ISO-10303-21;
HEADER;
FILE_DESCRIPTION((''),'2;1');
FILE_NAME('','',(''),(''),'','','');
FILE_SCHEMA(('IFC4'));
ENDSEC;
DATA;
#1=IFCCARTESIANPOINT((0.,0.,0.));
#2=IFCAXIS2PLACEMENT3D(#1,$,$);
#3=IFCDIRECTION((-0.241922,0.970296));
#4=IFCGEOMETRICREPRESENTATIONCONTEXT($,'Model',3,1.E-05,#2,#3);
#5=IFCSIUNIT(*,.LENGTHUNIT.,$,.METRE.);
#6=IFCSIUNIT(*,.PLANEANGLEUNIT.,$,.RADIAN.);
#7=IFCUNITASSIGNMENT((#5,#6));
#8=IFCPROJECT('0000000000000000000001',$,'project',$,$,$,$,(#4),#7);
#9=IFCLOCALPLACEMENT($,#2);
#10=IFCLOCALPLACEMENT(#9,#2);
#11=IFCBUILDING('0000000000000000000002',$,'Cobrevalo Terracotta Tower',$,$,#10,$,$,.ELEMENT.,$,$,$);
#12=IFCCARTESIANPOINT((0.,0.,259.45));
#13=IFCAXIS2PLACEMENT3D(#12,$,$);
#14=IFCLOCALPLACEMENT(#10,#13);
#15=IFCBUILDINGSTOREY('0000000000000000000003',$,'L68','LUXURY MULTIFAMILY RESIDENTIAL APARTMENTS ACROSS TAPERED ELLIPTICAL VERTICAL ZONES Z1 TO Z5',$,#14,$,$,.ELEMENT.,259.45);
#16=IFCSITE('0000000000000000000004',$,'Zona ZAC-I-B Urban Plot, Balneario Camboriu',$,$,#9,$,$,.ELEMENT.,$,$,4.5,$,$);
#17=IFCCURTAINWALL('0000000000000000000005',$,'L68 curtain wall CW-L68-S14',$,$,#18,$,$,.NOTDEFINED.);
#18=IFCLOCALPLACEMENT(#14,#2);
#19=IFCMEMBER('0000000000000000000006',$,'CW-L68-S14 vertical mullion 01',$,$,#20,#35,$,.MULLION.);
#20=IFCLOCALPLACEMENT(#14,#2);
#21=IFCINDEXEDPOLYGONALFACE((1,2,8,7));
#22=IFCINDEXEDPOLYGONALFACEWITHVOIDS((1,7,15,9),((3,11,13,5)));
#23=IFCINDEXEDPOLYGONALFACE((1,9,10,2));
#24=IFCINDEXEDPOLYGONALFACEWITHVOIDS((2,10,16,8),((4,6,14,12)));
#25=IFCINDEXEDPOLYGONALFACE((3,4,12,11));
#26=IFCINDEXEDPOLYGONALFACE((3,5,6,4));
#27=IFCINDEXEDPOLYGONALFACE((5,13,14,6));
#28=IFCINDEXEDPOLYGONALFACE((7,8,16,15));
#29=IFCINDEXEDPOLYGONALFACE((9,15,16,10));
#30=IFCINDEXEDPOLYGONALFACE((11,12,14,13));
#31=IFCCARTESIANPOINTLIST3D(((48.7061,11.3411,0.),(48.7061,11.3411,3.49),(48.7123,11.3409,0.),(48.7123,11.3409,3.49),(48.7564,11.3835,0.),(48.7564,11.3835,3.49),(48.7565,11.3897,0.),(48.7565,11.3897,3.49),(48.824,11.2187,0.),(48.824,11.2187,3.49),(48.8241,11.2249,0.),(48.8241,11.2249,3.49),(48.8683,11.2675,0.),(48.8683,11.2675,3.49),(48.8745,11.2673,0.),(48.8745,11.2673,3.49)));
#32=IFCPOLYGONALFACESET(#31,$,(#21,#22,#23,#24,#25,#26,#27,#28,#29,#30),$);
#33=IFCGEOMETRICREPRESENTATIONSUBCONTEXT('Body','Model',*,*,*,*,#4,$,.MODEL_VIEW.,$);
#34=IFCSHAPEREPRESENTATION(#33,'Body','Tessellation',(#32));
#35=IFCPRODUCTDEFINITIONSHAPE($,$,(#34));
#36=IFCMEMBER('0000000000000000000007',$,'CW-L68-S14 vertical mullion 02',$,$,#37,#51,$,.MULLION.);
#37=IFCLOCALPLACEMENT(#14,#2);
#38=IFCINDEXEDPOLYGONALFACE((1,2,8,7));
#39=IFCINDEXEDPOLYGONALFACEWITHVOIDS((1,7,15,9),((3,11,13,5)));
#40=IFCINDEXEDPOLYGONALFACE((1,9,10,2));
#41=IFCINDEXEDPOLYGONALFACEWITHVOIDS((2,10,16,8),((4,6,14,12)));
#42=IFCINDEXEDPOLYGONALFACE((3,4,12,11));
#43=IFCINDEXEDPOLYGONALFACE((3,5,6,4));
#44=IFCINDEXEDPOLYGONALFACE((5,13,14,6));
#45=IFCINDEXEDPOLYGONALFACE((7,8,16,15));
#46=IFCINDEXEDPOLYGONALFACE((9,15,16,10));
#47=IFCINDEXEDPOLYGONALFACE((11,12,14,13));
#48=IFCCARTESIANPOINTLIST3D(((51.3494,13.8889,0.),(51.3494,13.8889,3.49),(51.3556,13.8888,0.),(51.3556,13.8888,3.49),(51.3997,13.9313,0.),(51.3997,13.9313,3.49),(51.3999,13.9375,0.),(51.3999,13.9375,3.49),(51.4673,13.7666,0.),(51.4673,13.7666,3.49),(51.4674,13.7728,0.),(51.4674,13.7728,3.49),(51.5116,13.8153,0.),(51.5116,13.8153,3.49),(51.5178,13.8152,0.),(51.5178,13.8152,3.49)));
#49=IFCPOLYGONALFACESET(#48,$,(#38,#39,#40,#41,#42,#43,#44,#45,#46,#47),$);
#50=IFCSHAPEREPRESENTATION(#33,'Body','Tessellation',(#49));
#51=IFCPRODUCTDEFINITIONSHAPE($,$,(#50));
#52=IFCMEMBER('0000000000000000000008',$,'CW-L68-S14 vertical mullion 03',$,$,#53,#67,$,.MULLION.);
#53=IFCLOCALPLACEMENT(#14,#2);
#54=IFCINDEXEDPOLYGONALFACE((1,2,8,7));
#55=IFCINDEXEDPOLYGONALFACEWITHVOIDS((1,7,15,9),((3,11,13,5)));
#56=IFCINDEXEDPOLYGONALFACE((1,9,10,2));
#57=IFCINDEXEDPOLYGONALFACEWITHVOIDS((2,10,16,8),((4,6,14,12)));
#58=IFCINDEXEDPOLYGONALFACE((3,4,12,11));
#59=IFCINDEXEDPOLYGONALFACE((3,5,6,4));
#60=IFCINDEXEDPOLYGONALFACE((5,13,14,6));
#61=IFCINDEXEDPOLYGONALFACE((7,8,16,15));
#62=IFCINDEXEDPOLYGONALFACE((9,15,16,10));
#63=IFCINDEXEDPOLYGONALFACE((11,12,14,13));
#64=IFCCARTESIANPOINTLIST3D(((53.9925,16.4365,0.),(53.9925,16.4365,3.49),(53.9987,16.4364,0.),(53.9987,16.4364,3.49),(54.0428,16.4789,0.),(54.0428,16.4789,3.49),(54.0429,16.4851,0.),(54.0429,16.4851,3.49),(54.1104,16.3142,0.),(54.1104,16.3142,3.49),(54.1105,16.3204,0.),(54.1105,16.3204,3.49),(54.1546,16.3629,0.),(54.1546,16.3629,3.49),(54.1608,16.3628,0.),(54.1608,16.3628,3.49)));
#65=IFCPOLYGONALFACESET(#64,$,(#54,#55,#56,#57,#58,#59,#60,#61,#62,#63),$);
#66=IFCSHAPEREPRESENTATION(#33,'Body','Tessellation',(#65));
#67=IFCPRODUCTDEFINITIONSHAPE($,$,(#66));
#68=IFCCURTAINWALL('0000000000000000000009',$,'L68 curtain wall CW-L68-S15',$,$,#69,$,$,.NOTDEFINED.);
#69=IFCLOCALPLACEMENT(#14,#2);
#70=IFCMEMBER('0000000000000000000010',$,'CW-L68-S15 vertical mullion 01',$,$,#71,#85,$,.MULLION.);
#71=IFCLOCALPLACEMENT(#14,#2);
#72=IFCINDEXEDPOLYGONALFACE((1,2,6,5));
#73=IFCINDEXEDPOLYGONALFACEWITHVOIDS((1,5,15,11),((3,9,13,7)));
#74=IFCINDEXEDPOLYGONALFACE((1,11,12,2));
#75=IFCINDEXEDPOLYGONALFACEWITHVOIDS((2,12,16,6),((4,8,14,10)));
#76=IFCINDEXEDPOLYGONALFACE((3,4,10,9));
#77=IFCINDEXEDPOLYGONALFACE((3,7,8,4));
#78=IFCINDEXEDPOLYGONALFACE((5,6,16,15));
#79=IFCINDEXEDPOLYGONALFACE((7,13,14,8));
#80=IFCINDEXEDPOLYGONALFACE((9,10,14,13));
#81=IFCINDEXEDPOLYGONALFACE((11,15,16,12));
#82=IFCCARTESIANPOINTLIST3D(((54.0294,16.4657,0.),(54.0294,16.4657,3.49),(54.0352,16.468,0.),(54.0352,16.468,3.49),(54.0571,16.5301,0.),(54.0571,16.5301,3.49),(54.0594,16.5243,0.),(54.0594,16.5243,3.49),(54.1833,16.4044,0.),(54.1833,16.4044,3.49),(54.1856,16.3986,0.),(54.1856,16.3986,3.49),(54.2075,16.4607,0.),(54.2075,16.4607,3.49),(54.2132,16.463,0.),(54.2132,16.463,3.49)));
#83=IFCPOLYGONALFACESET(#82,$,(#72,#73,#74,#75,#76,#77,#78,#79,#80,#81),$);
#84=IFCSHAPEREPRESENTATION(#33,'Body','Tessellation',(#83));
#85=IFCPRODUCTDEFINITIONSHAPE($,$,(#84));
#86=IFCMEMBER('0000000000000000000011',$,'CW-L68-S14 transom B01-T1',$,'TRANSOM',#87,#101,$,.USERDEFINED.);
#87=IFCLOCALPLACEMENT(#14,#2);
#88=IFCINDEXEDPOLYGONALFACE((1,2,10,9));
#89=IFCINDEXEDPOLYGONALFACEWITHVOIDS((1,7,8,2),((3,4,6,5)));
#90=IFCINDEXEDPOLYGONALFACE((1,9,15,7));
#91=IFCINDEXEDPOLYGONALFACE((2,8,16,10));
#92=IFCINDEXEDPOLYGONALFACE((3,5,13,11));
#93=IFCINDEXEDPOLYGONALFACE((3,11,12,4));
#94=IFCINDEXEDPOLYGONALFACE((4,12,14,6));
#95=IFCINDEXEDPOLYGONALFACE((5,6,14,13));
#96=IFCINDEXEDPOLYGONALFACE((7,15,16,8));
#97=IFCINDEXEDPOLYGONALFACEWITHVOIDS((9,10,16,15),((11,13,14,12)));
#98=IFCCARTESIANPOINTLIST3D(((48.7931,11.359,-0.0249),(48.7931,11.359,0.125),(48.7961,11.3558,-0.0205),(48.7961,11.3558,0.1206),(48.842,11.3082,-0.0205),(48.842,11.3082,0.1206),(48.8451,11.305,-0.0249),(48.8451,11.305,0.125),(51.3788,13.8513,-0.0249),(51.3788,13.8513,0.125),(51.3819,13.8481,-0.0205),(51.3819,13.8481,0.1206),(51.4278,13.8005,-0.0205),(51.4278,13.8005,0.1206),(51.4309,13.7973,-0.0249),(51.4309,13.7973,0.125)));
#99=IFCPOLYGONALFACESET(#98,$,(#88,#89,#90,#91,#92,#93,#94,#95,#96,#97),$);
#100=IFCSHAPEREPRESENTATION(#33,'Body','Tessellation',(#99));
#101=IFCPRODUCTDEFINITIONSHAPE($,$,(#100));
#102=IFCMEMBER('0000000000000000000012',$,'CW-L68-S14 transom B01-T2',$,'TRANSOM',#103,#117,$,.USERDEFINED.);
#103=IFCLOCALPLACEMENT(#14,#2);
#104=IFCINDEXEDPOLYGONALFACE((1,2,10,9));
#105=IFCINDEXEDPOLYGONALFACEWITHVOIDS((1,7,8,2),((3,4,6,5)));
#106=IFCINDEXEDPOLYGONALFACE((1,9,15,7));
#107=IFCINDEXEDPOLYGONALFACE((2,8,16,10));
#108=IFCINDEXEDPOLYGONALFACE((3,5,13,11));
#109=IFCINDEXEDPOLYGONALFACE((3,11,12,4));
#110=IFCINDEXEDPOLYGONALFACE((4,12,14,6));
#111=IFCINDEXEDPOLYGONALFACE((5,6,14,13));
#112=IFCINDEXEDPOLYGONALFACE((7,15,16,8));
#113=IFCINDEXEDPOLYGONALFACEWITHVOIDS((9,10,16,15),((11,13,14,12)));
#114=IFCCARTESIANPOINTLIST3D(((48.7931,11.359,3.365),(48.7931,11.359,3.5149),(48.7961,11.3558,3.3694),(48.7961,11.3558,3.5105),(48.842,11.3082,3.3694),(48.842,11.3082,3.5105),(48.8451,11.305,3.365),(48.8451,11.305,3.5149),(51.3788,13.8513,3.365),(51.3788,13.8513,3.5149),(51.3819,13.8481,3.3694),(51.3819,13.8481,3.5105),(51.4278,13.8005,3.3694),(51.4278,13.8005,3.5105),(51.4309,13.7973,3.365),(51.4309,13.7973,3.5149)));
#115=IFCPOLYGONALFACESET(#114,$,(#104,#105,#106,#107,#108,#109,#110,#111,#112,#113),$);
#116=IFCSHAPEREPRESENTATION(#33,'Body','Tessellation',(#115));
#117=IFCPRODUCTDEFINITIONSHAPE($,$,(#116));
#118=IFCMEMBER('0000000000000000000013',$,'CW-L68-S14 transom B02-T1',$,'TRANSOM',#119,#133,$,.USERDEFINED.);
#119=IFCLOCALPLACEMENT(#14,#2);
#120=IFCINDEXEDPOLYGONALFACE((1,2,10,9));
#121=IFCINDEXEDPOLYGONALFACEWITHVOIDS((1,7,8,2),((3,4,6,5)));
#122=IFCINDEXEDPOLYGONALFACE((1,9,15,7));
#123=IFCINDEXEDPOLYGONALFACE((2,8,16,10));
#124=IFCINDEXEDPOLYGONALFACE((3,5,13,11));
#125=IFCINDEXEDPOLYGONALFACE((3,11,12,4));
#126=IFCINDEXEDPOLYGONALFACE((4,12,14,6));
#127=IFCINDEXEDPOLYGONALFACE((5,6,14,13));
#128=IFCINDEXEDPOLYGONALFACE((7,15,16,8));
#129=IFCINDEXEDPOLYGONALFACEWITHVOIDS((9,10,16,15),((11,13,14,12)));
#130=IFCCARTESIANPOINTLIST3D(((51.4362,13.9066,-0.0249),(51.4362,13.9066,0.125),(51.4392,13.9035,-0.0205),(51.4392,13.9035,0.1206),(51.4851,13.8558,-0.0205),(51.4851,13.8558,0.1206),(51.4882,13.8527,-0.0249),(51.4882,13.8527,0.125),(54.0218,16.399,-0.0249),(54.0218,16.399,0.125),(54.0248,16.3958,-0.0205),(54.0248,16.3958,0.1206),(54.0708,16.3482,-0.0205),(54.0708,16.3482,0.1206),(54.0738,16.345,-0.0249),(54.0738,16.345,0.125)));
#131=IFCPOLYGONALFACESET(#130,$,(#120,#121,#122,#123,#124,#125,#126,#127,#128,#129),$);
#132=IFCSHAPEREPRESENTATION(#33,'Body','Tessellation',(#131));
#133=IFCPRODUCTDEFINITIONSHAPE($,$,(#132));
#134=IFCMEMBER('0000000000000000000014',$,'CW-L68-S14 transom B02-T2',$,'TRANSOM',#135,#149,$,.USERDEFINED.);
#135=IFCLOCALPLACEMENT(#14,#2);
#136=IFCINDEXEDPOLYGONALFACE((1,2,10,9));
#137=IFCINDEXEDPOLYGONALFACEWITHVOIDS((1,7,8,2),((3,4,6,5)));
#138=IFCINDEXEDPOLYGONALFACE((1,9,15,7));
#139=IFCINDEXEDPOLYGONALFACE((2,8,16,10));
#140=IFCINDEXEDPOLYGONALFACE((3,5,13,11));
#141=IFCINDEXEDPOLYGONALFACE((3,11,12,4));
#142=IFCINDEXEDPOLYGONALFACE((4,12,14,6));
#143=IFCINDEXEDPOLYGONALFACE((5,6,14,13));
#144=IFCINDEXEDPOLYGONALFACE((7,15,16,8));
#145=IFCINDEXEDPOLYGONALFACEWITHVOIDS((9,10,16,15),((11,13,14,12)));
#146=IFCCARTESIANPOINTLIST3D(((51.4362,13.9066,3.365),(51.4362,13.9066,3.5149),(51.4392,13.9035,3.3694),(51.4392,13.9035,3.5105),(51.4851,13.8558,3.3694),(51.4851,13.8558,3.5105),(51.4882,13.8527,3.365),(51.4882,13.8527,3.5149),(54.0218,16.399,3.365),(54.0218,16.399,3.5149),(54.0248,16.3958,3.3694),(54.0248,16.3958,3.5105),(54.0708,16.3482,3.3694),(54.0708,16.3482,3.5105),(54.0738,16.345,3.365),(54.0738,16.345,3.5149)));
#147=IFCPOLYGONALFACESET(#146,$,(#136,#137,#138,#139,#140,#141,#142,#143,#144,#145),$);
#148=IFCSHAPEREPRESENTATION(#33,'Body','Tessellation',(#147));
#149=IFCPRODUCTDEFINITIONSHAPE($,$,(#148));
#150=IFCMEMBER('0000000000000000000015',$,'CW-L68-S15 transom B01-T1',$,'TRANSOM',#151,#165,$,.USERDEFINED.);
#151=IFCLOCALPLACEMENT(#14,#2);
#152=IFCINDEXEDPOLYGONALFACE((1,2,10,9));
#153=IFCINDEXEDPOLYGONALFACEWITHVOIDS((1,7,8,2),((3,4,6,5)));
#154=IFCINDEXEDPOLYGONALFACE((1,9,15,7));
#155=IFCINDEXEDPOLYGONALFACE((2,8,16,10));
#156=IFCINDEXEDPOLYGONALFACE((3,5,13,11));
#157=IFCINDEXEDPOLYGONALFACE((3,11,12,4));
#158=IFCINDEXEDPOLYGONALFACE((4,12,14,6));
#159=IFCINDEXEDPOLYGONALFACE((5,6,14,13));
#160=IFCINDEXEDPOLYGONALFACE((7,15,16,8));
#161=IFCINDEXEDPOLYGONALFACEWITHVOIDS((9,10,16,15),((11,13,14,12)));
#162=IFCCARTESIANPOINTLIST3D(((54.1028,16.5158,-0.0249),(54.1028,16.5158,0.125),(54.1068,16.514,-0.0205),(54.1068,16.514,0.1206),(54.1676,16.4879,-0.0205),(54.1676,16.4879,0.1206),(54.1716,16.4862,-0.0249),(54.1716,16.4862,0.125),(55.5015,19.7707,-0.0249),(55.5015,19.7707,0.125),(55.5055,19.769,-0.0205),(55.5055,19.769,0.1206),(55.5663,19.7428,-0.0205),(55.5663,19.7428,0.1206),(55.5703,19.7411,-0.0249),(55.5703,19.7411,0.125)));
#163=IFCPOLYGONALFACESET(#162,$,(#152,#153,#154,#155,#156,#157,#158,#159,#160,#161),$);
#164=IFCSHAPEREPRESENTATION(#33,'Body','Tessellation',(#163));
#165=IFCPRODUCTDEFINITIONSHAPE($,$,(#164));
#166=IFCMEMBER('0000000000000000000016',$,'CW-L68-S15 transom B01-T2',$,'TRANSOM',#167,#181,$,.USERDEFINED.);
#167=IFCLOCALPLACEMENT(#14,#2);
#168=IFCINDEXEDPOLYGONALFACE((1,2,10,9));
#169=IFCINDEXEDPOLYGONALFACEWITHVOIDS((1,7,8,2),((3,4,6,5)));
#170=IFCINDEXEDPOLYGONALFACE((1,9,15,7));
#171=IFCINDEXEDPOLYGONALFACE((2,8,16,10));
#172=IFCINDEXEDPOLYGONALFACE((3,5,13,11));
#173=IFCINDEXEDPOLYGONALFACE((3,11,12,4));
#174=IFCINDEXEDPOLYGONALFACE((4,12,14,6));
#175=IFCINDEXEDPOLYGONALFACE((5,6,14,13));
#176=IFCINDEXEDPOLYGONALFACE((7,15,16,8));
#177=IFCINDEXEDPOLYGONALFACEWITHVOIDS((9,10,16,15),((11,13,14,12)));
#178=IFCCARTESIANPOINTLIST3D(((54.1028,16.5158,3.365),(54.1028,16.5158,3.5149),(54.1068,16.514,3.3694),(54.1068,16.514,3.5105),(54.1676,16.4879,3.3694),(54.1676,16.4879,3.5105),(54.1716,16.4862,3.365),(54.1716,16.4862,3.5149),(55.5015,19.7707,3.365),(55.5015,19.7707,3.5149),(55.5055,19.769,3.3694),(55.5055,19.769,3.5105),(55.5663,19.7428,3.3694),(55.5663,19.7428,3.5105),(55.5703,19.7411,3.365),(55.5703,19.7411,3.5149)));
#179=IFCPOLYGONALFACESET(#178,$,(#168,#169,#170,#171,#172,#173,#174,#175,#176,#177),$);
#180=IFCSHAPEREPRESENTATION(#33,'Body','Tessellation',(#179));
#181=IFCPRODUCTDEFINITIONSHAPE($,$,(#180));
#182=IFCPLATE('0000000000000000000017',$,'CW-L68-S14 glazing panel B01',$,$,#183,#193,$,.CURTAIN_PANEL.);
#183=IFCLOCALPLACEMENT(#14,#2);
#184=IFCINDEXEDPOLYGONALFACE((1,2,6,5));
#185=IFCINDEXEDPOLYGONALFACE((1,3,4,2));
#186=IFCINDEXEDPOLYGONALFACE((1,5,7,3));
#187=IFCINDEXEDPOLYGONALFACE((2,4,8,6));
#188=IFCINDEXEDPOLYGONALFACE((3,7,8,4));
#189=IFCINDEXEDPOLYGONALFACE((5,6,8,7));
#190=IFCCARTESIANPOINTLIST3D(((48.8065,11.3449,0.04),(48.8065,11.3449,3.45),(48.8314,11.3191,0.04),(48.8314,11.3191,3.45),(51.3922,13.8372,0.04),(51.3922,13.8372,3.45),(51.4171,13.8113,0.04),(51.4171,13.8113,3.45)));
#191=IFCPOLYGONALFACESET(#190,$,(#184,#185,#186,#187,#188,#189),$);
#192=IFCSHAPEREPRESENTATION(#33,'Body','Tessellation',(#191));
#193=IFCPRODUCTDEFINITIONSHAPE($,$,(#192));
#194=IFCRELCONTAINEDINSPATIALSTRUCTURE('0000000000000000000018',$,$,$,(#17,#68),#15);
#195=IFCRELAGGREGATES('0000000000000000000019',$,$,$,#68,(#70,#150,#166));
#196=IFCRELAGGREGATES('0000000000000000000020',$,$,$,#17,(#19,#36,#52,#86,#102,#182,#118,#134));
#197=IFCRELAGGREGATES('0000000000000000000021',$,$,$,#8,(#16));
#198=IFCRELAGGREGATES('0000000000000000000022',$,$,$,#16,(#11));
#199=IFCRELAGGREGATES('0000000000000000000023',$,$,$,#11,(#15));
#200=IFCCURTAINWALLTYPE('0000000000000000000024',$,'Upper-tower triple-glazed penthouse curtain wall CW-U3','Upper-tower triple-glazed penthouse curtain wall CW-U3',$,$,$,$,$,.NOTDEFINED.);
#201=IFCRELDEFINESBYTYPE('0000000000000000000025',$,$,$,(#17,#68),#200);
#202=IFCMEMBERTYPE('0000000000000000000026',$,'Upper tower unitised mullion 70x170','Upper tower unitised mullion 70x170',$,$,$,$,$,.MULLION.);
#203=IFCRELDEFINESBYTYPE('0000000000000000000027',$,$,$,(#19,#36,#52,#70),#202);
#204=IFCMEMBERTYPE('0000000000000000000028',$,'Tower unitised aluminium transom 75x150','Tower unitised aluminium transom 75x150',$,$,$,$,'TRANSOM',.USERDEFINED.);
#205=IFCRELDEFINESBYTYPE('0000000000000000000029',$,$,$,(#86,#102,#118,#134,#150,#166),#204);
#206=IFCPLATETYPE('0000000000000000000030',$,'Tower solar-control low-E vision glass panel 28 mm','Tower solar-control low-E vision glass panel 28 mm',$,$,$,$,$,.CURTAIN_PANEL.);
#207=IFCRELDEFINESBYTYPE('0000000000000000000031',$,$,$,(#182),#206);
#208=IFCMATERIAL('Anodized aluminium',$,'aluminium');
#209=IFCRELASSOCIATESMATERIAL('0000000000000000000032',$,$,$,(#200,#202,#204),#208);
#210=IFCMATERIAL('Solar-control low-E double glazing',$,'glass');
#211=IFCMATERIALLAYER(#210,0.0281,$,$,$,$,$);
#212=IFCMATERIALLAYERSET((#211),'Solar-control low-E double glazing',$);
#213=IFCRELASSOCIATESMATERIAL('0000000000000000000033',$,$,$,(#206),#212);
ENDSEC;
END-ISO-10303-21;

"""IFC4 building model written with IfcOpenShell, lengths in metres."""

from ifc_helpers import new_model, si_unit, direction, frame, origin, origin_2d, place, context, subcontext, project, spatial, rectangle, hollow_rectangle, extrude, source, transform, mapped, material, layer, layer_set, material_profile, profile_set, type_object, element, aggregate, save


model = new_model("IFC4")

# Units and contexts
model_context = context("Model", 3, precision=1e-05, world=origin(), true_north=direction((-0.241922, 0.970296)))
body_context = subcontext(model_context, "Body", "Model", "MODEL_VIEW")
ifc_project = project(units=[si_unit("LENGTHUNIT", "METRE"), si_unit("PLANEANGLEUNIT", "RADIAN")], contexts=[model_context])

# Site, building, storey
site_placement = place(None, origin())
site = spatial("IfcSite", under=ifc_project, at=site_placement, Name="Zona ZAC-I-B Urban Plot, Balneario Camboriu", CompositionType="ELEMENT", RefElevation=4.5)
building_placement = place(site_placement, origin())
building = spatial("IfcBuilding", under=site, at=building_placement, Name="Cobrevalo Terracotta Tower", CompositionType="ELEMENT")
storey_placement = place(building_placement, frame((0.0, 0.0, 259.45)))
storey = spatial("IfcBuildingStorey", under=building, at=storey_placement, Name="L68", Description="LUXURY MULTIFAMILY RESIDENTIAL APARTMENTS ACROSS TAPERED ELLIPTICAL VERTICAL ZONES Z1 TO Z5", CompositionType="ELEMENT", Elevation=259.45)

# Shared definitions
ifc_material_1 = material(Name="Anodized aluminium", Category="aluminium")
curtain_wall_type = type_object("IfcCurtainWallType", Name="Upper-tower triple-glazed penthouse curtain wall CW-U3", Description="Upper-tower triple-glazed penthouse curtain wall CW-U3", PredefinedType="NOTDEFINED", material=ifc_material_1)
ifc_material_profile_1 = material_profile(ifc_material_1, hollow_rectangle(XDim=0.0701, YDim=0.1699, WallThickness=0.0044, at=origin_2d()), Name="CWM 70x170")
ifc_profile_set_1 = profile_set([ifc_material_profile_1], Name="Anodized aluminium")
member_type_1 = type_object("IfcMemberType", Name="Upper tower unitised mullion 70x170", Description="Upper tower unitised mullion 70x170", PredefinedType="MULLION", material=ifc_profile_set_1)
shared_shape_1 = source(origin(), body_context, "Body", "SweptSolid", [
    extrude(hollow_rectangle(XDim=0.0701, YDim=0.1699, WallThickness=0.0044, at=origin_2d()), origin(), (0.0, 0.0, 1.0), 3.49),
])

# Curtain wall, members
curtain_wall_1_placement = place(storey_placement, origin())
curtain_wall_1 = element("IfcCurtainWall", 1, at=curtain_wall_1_placement, inside=storey, type_object=curtain_wall_type, Name="L68 curtain wall CW-L68-S14", PredefinedType="NOTDEFINED")
member_1_placement = place(storey_placement, frame((48.7903, 11.3042, 0.0), z_axis=(0.0, 0.0, 1.0), x_axis=(0.719994, 0.69398, 0.0)))
member_1 = element("IfcMember", 2, at=member_1_placement, type_object=member_type_1, Name="CW-L68-S14 vertical mullion 01", PredefinedType="MULLION", context=body_context, shape_type="MappedRepresentation", body=[
    mapped(shared_shape_1, transform((0.0, 0.0, 0.0), scale=1.0)),
])
member_2_placement = place(storey_placement, frame((51.4336, 13.8521, 0.0), z_axis=(0.0, 0.0, 1.0), x_axis=(0.719994, 0.69398, 0.0)))
member_2 = element("IfcMember", 3, at=member_2_placement, type_object=member_type_1, Name="CW-L68-S14 vertical mullion 02", PredefinedType="MULLION", context=body_context, shape_type="MappedRepresentation", body=[
    mapped(shared_shape_1, transform((0.0, 0.0, 0.0), scale=1.0)),
])
member_3_placement = place(storey_placement, frame((54.0767, 16.3997, 0.0), z_axis=(0.0, 0.0, 1.0), x_axis=(0.719994, 0.69398, 0.0)))
member_3 = element("IfcMember", 4, at=member_3_placement, type_object=member_type_1, Name="CW-L68-S14 vertical mullion 03", PredefinedType="MULLION", context=body_context, shape_type="MappedRepresentation", body=[
    mapped(shared_shape_1, transform((0.0, 0.0, 0.0), scale=1.0)),
])

# Curtain wall, member
curtain_wall_2_placement = place(storey_placement, origin())
curtain_wall_2 = element("IfcCurtainWall", 5, at=curtain_wall_2_placement, inside=storey, type_object=curtain_wall_type, Name="L68 curtain wall CW-L68-S15", PredefinedType="NOTDEFINED")
member_4_placement = place(storey_placement, frame((54.1213, 16.4644, 0.0), z_axis=(0.0, 0.0, 1.0), x_axis=(0.394824, 0.918757, 0.0)))
member_4 = element("IfcMember", 6, at=member_4_placement, type_object=member_type_1, Name="CW-L68-S15 vertical mullion 01", PredefinedType="MULLION", context=body_context, shape_type="MappedRepresentation", body=[
    mapped(shared_shape_1, transform((0.0, 0.0, 0.0), scale=1.0)),
])

# Members
ifc_material_profile_2 = material_profile(ifc_material_1, hollow_rectangle(XDim=0.075, YDim=0.1499, WallThickness=0.0044, at=origin_2d()), Name="CWT 75x150")
ifc_profile_set_2 = profile_set([ifc_material_profile_2], Name="Anodized aluminium")
member_type_2 = type_object("IfcMemberType", Name="Tower unitised aluminium transom 75x150", Description="Tower unitised aluminium transom 75x150", ElementType="TRANSOM", PredefinedType="USERDEFINED", material=ifc_profile_set_2)
shared_shape_2 = source(origin(), body_context, "Body", "SweptSolid", [
    extrude(hollow_rectangle(XDim=0.075, YDim=0.1499, WallThickness=0.0044, at=origin_2d()), origin(), (0.0, 0.0, 1.0), 3.5913),
])
member_5_placement = place(storey_placement, frame((48.8191, 11.332, 0.05), z_axis=(0.720006, 0.693968, 0.0), x_axis=(-0.693968, 0.720006, 0.0)))
member_5 = element("IfcMember", 7, at=member_5_placement, type_object=member_type_2, Name="CW-L68-S14 transom B01-T1", ObjectType="TRANSOM", PredefinedType="USERDEFINED", context=body_context, shape_type="MappedRepresentation", body=[
    mapped(shared_shape_2, transform((0.0, 0.0, 0.0), scale=1.0)),
])
member_6_placement = place(storey_placement, frame((48.8191, 11.332, 3.4399), z_axis=(0.720006, 0.693968, 0.0), x_axis=(-0.693968, 0.720006, 0.0)))
member_6 = element("IfcMember", 8, at=member_6_placement, type_object=member_type_2, Name="CW-L68-S14 transom B01-T2", ObjectType="TRANSOM", PredefinedType="USERDEFINED", context=body_context, shape_type="MappedRepresentation", body=[
    mapped(shared_shape_2, transform((0.0, 0.0, 0.0), scale=1.0)),
])
member_7_placement = place(storey_placement, frame((51.4622, 13.8796, 0.05), z_axis=(0.719972, 0.694003, 0.0), x_axis=(-0.694003, 0.719972, 0.0)))
member_7 = element("IfcMember", 9, at=member_7_placement, type_object=member_type_2, Name="CW-L68-S14 transom B02-T1", ObjectType="TRANSOM", PredefinedType="USERDEFINED", context=body_context, shape_type="MappedRepresentation", body=[
    mapped(shared_shape_2, transform((0.0, 0.0, 0.0), scale=1.0)),
])
member_8_placement = place(storey_placement, frame((51.4622, 13.8796, 3.4399), z_axis=(0.719972, 0.694003, 0.0), x_axis=(-0.694003, 0.719972, 0.0)))
member_8 = element("IfcMember", 10, at=member_8_placement, type_object=member_type_2, Name="CW-L68-S14 transom B02-T2", ObjectType="TRANSOM", PredefinedType="USERDEFINED", context=body_context, shape_type="MappedRepresentation", body=[
    mapped(shared_shape_2, transform((0.0, 0.0, 0.0), scale=1.0)),
])
shared_shape_3 = source(origin(), body_context, "Body", "SweptSolid", [
    extrude(hollow_rectangle(XDim=0.075, YDim=0.1499, WallThickness=0.0044, at=origin_2d()), origin(), (0.0, 0.0, 1.0), 3.5427),
])
member_9_placement = place(storey_placement, frame((54.1372, 16.501, 0.05), z_axis=(0.394809, 0.918763, 0.0), x_axis=(-0.918763, 0.394809, 0.0)))
member_9 = element("IfcMember", 11, at=member_9_placement, type_object=member_type_2, Name="CW-L68-S15 transom B01-T1", ObjectType="TRANSOM", PredefinedType="USERDEFINED", context=body_context, shape_type="MappedRepresentation", body=[
    mapped(shared_shape_3, transform((0.0, 0.0, 0.0), scale=1.0)),
])
member_10_placement = place(storey_placement, frame((54.1372, 16.501, 3.4399), z_axis=(0.394809, 0.918763, 0.0), x_axis=(-0.918763, 0.394809, 0.0)))
member_10 = element("IfcMember", 12, at=member_10_placement, type_object=member_type_2, Name="CW-L68-S15 transom B01-T2", ObjectType="TRANSOM", PredefinedType="USERDEFINED", context=body_context, shape_type="MappedRepresentation", body=[
    mapped(shared_shape_3, transform((0.0, 0.0, 0.0), scale=1.0)),
])
aggregate(curtain_wall_2, [member_4, member_9, member_10])

# Plate
ifc_material_2 = material(Name="Solar-control low-E double glazing", Category="glass")
ifc_layer_1 = layer(ifc_material_2, 0.0281)
ifc_layer_set_1 = layer_set([ifc_layer_1], Name="Solar-control low-E double glazing")
plate_type = type_object("IfcPlateType", Name="Tower solar-control low-E vision glass panel 28 mm", Description="Tower solar-control low-E vision glass panel 28 mm", PredefinedType="CURTAIN_PANEL", material=ifc_layer_set_1)
shared_shape_4 = source(origin(), body_context, "Body", "SweptSolid", [
    extrude(rectangle(XDim=3.5913, YDim=0.0359, at=origin_2d()), origin(), (0.0, 0.0, 1.0), 3.4099),
])
plate_1_placement = place(storey_placement, frame((50.1118, 12.5781, 0.04), z_axis=(0.0, 0.0, 1.0), x_axis=(0.719997, 0.693978, 0.0)))
plate_1 = element("IfcPlate", 13, at=plate_1_placement, type_object=plate_type, Name="CW-L68-S14 glazing panel B01", PredefinedType="CURTAIN_PANEL", context=body_context, shape_type="MappedRepresentation", body=[
    mapped(shared_shape_4, transform((0.0, 0.0, 0.0), scale=1.0)),
])
aggregate(curtain_wall_1, [member_1, member_2, member_3, member_5, member_6, plate_1, member_7, member_8])

save(model, "model.ifc")
